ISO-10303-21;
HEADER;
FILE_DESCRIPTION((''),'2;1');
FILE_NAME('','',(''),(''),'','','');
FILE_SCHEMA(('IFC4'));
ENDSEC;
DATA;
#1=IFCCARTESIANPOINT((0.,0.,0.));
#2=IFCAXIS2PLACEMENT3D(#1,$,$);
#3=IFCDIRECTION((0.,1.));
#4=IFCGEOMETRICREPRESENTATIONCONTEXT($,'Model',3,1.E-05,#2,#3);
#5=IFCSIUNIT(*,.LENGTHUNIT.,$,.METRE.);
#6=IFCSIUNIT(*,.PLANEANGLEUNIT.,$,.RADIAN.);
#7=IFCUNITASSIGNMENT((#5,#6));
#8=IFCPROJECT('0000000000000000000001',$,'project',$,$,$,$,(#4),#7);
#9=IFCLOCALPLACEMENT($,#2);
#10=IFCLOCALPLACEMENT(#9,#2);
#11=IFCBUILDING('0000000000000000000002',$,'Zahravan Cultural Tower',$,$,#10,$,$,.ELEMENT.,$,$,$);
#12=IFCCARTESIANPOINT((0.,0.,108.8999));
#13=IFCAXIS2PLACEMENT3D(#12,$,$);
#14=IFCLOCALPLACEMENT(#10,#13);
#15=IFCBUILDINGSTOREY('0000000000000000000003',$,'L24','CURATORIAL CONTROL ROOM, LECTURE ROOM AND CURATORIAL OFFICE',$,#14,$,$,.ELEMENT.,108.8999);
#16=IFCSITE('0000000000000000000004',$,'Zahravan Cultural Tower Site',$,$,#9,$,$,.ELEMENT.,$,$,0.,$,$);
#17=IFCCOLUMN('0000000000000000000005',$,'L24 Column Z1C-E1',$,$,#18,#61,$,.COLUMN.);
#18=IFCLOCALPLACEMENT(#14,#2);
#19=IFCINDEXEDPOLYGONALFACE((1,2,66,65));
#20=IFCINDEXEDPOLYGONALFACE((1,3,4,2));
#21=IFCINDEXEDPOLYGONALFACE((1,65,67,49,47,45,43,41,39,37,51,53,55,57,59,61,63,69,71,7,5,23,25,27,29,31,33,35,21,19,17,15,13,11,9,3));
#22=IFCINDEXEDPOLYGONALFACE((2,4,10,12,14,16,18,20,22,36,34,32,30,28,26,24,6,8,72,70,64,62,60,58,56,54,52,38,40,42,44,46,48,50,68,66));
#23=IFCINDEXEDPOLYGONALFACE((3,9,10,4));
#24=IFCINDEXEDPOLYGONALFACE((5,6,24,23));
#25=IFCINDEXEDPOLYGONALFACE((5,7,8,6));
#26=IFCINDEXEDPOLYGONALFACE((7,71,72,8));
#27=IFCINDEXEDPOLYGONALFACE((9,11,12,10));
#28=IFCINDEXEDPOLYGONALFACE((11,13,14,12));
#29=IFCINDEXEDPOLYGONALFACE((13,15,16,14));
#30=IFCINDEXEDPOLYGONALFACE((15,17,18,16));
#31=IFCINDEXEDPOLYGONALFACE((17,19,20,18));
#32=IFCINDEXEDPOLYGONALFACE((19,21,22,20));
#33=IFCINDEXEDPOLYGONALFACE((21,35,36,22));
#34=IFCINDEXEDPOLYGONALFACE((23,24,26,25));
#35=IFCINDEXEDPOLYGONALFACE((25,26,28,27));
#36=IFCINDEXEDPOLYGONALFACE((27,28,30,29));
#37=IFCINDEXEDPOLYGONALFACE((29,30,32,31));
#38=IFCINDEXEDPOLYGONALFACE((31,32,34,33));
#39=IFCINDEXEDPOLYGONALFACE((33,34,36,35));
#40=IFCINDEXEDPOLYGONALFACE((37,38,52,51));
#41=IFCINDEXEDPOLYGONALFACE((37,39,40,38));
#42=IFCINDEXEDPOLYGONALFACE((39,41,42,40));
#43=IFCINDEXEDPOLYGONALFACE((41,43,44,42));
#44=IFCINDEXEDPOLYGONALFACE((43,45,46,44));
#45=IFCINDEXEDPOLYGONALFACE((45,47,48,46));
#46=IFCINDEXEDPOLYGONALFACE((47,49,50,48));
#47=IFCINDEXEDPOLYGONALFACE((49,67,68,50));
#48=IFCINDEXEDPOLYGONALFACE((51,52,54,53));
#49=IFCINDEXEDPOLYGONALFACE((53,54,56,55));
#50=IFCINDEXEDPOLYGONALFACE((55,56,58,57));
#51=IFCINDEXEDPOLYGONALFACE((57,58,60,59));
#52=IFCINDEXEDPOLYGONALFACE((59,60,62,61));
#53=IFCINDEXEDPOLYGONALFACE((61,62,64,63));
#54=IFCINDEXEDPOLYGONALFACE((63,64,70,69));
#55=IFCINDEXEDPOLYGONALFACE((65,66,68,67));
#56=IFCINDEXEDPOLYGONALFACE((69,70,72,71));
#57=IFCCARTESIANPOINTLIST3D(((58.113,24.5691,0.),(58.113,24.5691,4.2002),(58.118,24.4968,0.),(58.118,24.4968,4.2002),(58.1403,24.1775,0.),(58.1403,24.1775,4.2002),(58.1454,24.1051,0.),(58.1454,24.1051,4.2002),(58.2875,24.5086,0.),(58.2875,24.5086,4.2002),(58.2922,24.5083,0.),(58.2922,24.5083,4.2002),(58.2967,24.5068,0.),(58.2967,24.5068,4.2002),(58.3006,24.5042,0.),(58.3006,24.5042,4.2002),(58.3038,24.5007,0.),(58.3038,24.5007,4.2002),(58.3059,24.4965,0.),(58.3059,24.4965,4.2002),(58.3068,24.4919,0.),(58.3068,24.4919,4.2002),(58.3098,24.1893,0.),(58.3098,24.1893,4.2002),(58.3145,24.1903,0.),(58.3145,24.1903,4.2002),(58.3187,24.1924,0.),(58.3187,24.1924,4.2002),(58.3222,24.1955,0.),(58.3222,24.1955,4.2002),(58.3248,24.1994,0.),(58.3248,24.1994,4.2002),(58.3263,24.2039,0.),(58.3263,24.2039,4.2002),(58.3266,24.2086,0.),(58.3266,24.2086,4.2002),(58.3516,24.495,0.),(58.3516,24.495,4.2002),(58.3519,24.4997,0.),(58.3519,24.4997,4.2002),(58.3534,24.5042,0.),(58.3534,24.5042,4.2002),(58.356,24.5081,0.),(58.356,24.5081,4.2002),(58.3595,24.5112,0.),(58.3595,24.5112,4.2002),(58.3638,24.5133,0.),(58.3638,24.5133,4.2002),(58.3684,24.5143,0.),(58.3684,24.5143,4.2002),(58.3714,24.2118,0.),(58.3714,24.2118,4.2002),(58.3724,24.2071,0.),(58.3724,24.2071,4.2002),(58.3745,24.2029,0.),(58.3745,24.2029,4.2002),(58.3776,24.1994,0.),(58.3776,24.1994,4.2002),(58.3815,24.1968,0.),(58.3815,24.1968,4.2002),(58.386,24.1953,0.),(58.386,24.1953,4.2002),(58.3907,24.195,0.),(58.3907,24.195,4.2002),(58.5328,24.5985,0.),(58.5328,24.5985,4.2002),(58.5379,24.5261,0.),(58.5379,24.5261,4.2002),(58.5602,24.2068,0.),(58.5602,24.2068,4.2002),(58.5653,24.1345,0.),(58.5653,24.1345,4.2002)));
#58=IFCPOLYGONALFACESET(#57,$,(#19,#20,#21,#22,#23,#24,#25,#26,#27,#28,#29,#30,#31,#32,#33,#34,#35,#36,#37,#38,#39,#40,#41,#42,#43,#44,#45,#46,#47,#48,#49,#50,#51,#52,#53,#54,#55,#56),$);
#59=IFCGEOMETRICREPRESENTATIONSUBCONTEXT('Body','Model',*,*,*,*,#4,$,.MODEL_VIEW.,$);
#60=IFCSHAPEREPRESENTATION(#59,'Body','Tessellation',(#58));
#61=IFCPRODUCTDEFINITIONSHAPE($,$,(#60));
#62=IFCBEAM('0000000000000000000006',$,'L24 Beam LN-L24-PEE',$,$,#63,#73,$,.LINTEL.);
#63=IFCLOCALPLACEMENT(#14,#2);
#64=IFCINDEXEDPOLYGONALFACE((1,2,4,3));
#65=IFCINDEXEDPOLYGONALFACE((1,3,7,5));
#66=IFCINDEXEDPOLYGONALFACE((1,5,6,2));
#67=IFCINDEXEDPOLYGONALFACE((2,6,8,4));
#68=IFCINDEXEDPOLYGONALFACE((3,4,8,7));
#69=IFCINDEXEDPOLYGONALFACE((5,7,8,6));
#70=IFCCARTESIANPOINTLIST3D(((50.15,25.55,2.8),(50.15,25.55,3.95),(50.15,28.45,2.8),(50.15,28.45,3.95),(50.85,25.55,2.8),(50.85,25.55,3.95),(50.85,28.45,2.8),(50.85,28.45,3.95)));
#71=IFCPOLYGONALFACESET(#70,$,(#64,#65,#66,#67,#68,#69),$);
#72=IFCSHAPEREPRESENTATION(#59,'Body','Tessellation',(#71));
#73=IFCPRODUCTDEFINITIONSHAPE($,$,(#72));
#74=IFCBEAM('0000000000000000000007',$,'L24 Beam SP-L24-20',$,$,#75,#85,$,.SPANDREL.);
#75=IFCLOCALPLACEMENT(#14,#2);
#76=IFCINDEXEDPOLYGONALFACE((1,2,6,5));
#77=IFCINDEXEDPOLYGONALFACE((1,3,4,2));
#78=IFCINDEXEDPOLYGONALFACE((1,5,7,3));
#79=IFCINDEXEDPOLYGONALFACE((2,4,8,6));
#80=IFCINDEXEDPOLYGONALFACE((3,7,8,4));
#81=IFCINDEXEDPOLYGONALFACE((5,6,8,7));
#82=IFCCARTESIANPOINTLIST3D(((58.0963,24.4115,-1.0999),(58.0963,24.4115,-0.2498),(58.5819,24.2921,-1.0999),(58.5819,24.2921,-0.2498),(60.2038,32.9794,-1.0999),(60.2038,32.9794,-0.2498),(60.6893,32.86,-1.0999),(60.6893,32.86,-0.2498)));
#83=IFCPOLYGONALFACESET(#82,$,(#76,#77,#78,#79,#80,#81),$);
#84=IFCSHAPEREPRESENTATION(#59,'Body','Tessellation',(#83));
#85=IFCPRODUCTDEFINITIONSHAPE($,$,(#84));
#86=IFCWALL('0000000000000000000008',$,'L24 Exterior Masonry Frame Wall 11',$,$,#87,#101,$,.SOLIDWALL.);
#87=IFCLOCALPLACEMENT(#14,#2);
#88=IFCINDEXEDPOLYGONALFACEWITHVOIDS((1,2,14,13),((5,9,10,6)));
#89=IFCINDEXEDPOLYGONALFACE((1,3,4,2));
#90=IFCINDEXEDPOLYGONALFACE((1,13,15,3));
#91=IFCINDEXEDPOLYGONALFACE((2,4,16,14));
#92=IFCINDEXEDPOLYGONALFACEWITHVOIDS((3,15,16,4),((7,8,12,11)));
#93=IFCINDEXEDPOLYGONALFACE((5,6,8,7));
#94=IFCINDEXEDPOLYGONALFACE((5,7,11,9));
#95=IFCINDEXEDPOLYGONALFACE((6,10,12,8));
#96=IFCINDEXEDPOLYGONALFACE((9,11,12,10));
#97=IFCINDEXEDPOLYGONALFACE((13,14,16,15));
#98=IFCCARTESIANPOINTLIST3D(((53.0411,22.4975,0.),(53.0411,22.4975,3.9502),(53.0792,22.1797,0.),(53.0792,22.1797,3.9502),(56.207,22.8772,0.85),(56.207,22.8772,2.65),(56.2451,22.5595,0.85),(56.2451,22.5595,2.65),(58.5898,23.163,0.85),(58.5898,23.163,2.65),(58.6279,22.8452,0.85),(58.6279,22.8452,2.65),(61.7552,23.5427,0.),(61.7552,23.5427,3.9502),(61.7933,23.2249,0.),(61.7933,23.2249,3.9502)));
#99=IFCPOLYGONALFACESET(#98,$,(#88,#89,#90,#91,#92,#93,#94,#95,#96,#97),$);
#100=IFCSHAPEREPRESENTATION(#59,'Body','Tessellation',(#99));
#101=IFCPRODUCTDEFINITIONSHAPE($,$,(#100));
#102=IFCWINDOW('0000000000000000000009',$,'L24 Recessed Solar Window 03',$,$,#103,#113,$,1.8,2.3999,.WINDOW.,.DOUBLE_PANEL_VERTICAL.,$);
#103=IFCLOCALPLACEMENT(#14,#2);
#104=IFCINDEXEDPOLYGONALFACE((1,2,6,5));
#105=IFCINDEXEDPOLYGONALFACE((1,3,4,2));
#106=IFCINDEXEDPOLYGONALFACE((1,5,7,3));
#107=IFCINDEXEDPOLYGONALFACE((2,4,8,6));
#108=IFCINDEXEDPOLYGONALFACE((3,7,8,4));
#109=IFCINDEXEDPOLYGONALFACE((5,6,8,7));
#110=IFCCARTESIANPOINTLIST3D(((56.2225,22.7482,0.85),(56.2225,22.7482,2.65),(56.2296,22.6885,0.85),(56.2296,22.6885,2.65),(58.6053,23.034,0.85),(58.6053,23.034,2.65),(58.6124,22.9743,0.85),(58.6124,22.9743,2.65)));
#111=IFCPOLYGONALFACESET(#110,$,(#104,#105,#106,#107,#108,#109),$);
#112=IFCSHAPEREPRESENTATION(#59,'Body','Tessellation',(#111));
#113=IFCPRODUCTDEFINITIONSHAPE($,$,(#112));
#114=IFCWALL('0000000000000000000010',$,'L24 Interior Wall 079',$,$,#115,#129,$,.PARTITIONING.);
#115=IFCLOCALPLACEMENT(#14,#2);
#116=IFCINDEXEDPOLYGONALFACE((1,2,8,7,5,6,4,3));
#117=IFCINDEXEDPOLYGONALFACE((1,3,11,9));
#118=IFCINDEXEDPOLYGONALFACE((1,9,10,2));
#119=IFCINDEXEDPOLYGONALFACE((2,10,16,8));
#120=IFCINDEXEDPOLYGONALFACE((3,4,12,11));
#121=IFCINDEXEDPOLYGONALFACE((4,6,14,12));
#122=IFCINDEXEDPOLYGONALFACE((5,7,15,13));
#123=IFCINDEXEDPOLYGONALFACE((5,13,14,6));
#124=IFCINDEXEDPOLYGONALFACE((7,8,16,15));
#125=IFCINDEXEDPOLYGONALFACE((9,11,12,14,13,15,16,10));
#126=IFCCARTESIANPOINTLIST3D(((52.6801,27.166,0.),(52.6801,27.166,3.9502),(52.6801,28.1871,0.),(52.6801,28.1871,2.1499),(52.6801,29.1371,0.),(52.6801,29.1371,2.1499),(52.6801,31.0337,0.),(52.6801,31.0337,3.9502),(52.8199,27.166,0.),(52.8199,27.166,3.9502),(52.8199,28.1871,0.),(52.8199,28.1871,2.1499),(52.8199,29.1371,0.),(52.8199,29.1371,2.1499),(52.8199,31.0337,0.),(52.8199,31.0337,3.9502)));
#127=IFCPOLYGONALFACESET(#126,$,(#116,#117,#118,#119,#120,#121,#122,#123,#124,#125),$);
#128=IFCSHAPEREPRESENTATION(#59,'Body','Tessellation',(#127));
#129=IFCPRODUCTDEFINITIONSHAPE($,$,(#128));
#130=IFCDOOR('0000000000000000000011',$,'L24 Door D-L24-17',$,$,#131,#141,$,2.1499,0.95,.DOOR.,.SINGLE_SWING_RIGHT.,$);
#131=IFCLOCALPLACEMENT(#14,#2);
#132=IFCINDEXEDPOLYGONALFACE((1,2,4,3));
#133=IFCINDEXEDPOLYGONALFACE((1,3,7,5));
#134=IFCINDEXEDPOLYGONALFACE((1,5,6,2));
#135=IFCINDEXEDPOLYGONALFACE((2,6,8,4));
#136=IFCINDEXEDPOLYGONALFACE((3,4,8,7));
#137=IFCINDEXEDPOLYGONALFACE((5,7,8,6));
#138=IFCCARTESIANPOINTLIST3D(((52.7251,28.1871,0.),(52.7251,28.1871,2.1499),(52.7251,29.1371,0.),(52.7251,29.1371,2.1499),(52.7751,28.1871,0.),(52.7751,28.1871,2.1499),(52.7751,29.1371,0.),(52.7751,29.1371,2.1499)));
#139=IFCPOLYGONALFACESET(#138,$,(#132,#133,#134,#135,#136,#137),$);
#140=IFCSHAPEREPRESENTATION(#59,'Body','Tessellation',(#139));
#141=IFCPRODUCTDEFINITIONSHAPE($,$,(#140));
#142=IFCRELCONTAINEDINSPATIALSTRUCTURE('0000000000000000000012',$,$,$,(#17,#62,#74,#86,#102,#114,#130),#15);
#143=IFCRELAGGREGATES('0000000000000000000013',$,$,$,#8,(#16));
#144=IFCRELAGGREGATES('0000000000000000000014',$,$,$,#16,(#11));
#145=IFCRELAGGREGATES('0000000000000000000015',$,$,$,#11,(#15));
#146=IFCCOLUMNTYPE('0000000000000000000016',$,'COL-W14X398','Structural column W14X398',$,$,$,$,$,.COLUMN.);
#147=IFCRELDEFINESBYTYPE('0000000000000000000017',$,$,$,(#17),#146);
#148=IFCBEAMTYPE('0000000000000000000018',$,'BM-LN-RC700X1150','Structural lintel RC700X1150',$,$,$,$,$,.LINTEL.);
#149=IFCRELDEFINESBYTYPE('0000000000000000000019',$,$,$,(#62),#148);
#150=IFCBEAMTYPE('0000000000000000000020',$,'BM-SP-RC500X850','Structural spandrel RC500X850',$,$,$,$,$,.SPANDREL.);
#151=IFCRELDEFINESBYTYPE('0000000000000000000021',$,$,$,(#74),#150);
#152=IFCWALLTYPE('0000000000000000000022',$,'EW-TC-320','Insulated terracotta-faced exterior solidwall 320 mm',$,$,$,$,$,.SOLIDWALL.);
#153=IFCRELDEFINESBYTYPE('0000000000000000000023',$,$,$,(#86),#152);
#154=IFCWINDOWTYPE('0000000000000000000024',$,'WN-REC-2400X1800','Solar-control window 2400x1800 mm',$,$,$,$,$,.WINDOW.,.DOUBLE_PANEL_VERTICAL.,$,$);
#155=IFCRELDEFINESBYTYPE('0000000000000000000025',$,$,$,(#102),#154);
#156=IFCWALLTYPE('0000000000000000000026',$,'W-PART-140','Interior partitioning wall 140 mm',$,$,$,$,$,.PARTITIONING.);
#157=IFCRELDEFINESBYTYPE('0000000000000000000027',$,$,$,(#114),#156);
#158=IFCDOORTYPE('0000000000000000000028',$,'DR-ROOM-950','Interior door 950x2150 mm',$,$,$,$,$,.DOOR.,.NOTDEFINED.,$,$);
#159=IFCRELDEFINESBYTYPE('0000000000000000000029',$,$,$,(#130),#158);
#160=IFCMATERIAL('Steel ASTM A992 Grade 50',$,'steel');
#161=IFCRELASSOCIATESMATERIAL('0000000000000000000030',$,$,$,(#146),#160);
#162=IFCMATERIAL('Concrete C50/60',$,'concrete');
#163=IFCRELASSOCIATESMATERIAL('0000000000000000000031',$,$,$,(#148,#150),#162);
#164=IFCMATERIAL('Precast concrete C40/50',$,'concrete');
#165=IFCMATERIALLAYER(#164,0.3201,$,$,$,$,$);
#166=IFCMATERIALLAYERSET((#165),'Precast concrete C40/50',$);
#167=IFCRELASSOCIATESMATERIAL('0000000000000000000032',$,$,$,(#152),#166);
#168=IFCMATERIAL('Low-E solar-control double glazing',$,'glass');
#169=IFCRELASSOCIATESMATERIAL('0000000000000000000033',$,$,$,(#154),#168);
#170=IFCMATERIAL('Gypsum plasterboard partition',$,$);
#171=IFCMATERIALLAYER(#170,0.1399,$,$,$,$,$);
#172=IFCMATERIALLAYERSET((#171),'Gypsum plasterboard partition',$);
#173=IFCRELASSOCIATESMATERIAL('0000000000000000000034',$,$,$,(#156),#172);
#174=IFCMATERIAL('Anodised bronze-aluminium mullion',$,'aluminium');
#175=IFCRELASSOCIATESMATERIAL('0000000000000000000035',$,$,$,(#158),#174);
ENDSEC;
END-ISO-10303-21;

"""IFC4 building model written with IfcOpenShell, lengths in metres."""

from ifc_helpers import new_model, si_unit, direction, frame, frame_2d, origin, origin_2d, place, context, subcontext, project, spatial, rectangle, i_section, extrude, source, transform, mapped, material, layer, layer_set, material_profile, profile_set, type_object, element, fill, save


model = new_model("IFC4")

# Units and contexts
model_context = context("Model", 3, precision=1e-05, world=origin(), true_north=direction((0.0, 1.0)))
body_context = subcontext(model_context, "Body", "Model", "MODEL_VIEW")
ifc_project = project(units=[si_unit("LENGTHUNIT", "METRE"), si_unit("PLANEANGLEUNIT", "RADIAN")], contexts=[model_context])

# Site, building, storey
site_placement = place(None, origin())
site = spatial("IfcSite", under=ifc_project, at=site_placement, Name="Zahravan Cultural Tower Site", CompositionType="ELEMENT", RefElevation=0.0)
building_placement = place(site_placement, origin())
building = spatial("IfcBuilding", under=site, at=building_placement, Name="Zahravan Cultural Tower", CompositionType="ELEMENT")
storey_placement = place(building_placement, frame((0.0, 0.0, 108.8999)))
storey = spatial("IfcBuildingStorey", under=building, at=storey_placement, Name="L24", Description="CURATORIAL CONTROL ROOM, LECTURE ROOM AND CURATORIAL OFFICE", CompositionType="ELEMENT", Elevation=108.8999)

# Column
ifc_material_1 = material(Name="Steel ASTM A992 Grade 50", Category="steel")
ifc_material_profile_1 = material_profile(ifc_material_1, i_section(OverallWidth=0.4209, OverallDepth=0.4651, WebThickness=0.0449, FlangeThickness=0.0725, FilletRadius=0.0181, at=origin_2d()), Name="W14X398")
ifc_profile_set_1 = profile_set([ifc_material_profile_1], Name="Steel ASTM A992 Grade 50")
column_type = type_object("IfcColumnType", Name="COL-W14X398", Description="Structural column W14X398", PredefinedType="COLUMN", material=ifc_profile_set_1)
shared_shape_1 = source(origin(), body_context, "Body", "SweptSolid", [
    extrude(i_section(OverallWidth=0.4209, OverallDepth=0.4651, WebThickness=0.0449, FlangeThickness=0.0725, FilletRadius=0.0181, at=origin_2d()), origin(), (0.0, 0.0, 1.0), 4.2002),
])
column_placement = place(storey_placement, frame((58.3391, 24.3518, 0.0), z_axis=(0.0, 0.0, 1.0), x_axis=(0.997564, 0.069756, 0.0)))
element("IfcColumn", 1, at=column_placement, inside=storey, type_object=column_type, Name="L24 Column Z1C-E1", PredefinedType="COLUMN", context=body_context, shape_type="MappedRepresentation", body=[
    mapped(shared_shape_1, transform((0.0, 0.0, 0.0), x_axis=(1.0, 0.0, 0.0), y_axis=(0.0, 1.0, 0.0), z_axis=(0.0, 0.0, 1.0), scale=1.0)),
])

# Beams
ifc_material_2 = material(Name="Concrete C50/60", Category="concrete")
ifc_material_profile_2 = material_profile(ifc_material_2, rectangle(XDim=0.7, YDim=1.1499, at=origin_2d()), Name="RC700X1150")
ifc_profile_set_2 = profile_set([ifc_material_profile_2], Name="Concrete C50/60")
beam_type_1 = type_object("IfcBeamType", Name="BM-LN-RC700X1150", Description="Structural lintel RC700X1150", PredefinedType="LINTEL", material=ifc_profile_set_2)
shared_shape_2 = source(origin(), body_context, "Body", "SweptSolid", [
    extrude(rectangle(XDim=0.7, YDim=1.1499, at=origin_2d()), origin(), (0.0, 0.0, 1.0), 2.8999),
])
beam_1_placement = place(storey_placement, frame((50.5, 25.55, 3.375), z_axis=(0.0, 1.0, 0.0), x_axis=(-1.0, 0.0, 0.0)))
element("IfcBeam", 2, at=beam_1_placement, inside=storey, type_object=beam_type_1, Name="L24 Beam LN-L24-PEE", PredefinedType="LINTEL", context=body_context, shape_type="MappedRepresentation", body=[
    mapped(shared_shape_2, transform((0.0, 0.0, 0.0), x_axis=(1.0, 0.0, 0.0), y_axis=(0.0, 1.0, 0.0), z_axis=(0.0, 0.0, 1.0), scale=1.0)),
])
ifc_material_profile_3 = material_profile(ifc_material_2, rectangle(XDim=0.5, YDim=0.8501, at=origin_2d()), Name="RC500X850")
ifc_profile_set_3 = profile_set([ifc_material_profile_3], Name="Concrete C50/60")
beam_type_2 = type_object("IfcBeamType", Name="BM-SP-RC500X850", Description="Structural spandrel RC500X850", PredefinedType="SPANDREL", material=ifc_profile_set_3)
shared_shape_3 = source(origin(), body_context, "Body", "SweptSolid", [
    extrude(rectangle(XDim=0.5, YDim=0.8501, at=origin_2d()), origin(), (0.0, 0.0, 1.0), 8.8232),
])
beam_2_placement = place(storey_placement, frame((58.3391, 24.3518, -0.6748), z_axis=(0.238849, 0.971057, 0.0), x_axis=(-0.971057, 0.238849, 0.0)))
element("IfcBeam", 3, at=beam_2_placement, inside=storey, type_object=beam_type_2, Name="L24 Beam SP-L24-20", PredefinedType="SPANDREL", context=body_context, shape_type="MappedRepresentation", body=[
    mapped(shared_shape_3, transform((0.0, 0.0, 0.0), x_axis=(1.0, 0.0, 0.0), y_axis=(0.0, 1.0, 0.0), z_axis=(0.0, 0.0, 1.0), scale=1.0)),
])

# Wall, opening, window
ifc_material_3 = material(Name="Precast concrete C40/50", Category="concrete")
ifc_layer_1 = layer(ifc_material_3, 0.3201)
ifc_layer_set_1 = layer_set([ifc_layer_1], Name="Precast concrete C40/50")
wall_type_1 = type_object("IfcWallType", Name="EW-TC-320", Description="Insulated terracotta-faced exterior solidwall 320 mm", PredefinedType="SOLIDWALL", material=ifc_layer_set_1)
wall_1_placement = place(storey_placement, frame((61.7742, 23.3838, 0.0), z_axis=(0.0, 0.0, 1.0), x_axis=(-0.992884, -0.119086, 0.0)))
wall_1 = element("IfcWall", 4, at=wall_1_placement, inside=storey, type_object=wall_type_1, Name="L24 Exterior Masonry Frame Wall 11", PredefinedType="SOLIDWALL", context=body_context, shape_type="SweptSolid", body=[
    extrude(rectangle(XDim=8.7766, YDim=0.3201, at=frame_2d((4.3882, 0.0))), origin(), (0.0, 0.0, 1.0), 3.9502),
])
opening_1_placement = place(wall_1_placement, frame((3.188, 0.0, 0.8501)))
opening_1 = element("IfcOpeningElement", 5, at=opening_1_placement, cuts=wall_1, PredefinedType="OPENING", context=body_context, shape_type="SweptSolid", body=[
    extrude(rectangle(XDim=2.3999, YDim=1.8, at=frame_2d((1.2, 0.8999))), frame((0.0, 0.1699, 0.0), z_axis=(0.0, -1.0, 0.0), x_axis=(1.0, 0.0, 0.0)), (0.0, 0.0, 1.0), 0.3401),
])
ifc_material_4 = material(Name="Low-E solar-control double glazing", Category="glass")
window_type = type_object("IfcWindowType", Name="WN-REC-2400X1800", Description="Solar-control window 2400x1800 mm", PartitioningType="DOUBLE_PANEL_VERTICAL", PredefinedType="WINDOW", material=ifc_material_4)
shared_shape_4 = source(origin(), body_context, "Body", "SweptSolid", [
    extrude(rectangle(XDim=2.3999, YDim=1.8, at=frame_2d((1.2, 0.8999))), frame((0.0, 0.03, 0.0), z_axis=(0.0, -1.0, 0.0), x_axis=(1.0, 0.0, 0.0)), (0.0, 0.0, 1.0), 0.0601),
])
window_placement = place(opening_1_placement, origin())
window = element("IfcWindow", 6, at=window_placement, inside=storey, type_object=window_type, Name="L24 Recessed Solar Window 03", OverallHeight=1.8, OverallWidth=2.3999, PartitioningType="DOUBLE_PANEL_VERTICAL", PredefinedType="WINDOW", context=body_context, shape_type="MappedRepresentation", body=[
    mapped(shared_shape_4, transform((0.0, 0.0, 0.0), x_axis=(1.0, 0.0, 0.0), y_axis=(0.0, 1.0, 0.0), z_axis=(0.0, 0.0, 1.0), scale=1.0)),
])
fill(opening_1, window)

# Wall, opening, door
ifc_material_5 = material(Name="Gypsum plasterboard partition")
ifc_layer_2 = layer(ifc_material_5, 0.1399)
ifc_layer_set_2 = layer_set([ifc_layer_2], Name="Gypsum plasterboard partition")
wall_type_2 = type_object("IfcWallType", Name="W-PART-140", Description="Interior partitioning wall 140 mm", PredefinedType="PARTITIONING", material=ifc_layer_set_2)
wall_2_placement = place(storey_placement, frame((52.75, 27.166, 0.0), z_axis=(0.0, 0.0, 1.0), x_axis=(0.0, 1.0, 0.0)))
wall_2 = element("IfcWall", 7, at=wall_2_placement, inside=storey, type_object=wall_type_2, Name="L24 Interior Wall 079", PredefinedType="PARTITIONING", context=body_context, shape_type="SweptSolid", body=[
    extrude(rectangle(XDim=3.8677, YDim=0.1399, at=frame_2d((1.9338, 0.0))), origin(), (0.0, 0.0, 1.0), 3.9502),
])
opening_2_placement = place(wall_2_placement, frame((1.021, 0.0, 0.0)))
opening_2 = element("IfcOpeningElement", 8, at=opening_2_placement, cuts=wall_2, PredefinedType="OPENING", context=body_context, shape_type="SweptSolid", body=[
    extrude(rectangle(XDim=0.95, YDim=2.1499, at=frame_2d((0.4751, 1.075))), frame((0.0, 0.0798, 0.0), z_axis=(0.0, -1.0, 0.0), x_axis=(1.0, 0.0, 0.0)), (0.0, 0.0, 1.0), 0.1599),
])
ifc_material_6 = material(Name="Anodised bronze-aluminium mullion", Category="aluminium")
door_type = type_object("IfcDoorType", Name="DR-ROOM-950", Description="Interior door 950x2150 mm", OperationType="NOTDEFINED", PredefinedType="DOOR", material=ifc_material_6)
shared_shape_5 = source(origin(), body_context, "Body", "SweptSolid", [
    extrude(rectangle(XDim=0.95, YDim=2.1499, at=frame_2d((0.4751, 1.075))), frame((0.0, 0.0249, 0.0), z_axis=(0.0, -1.0, 0.0), x_axis=(1.0, 0.0, 0.0)), (0.0, 0.0, 1.0), 0.05),
])
door_1_placement = place(opening_2_placement, origin())
door_1 = element("IfcDoor", 9, at=door_1_placement, inside=storey, type_object=door_type, Name="L24 Door D-L24-17", OperationType="SINGLE_SWING_RIGHT", OverallHeight=2.1499, OverallWidth=0.95, PredefinedType="DOOR", context=body_context, shape_type="MappedRepresentation", body=[
    mapped(shared_shape_5, transform((0.0, 0.0, 0.0), x_axis=(1.0, 0.0, 0.0), y_axis=(0.0, 1.0, 0.0), z_axis=(0.0, 0.0, 1.0), scale=1.0)),
])
fill(opening_2, door_1)

save(model, "model.ifc")
